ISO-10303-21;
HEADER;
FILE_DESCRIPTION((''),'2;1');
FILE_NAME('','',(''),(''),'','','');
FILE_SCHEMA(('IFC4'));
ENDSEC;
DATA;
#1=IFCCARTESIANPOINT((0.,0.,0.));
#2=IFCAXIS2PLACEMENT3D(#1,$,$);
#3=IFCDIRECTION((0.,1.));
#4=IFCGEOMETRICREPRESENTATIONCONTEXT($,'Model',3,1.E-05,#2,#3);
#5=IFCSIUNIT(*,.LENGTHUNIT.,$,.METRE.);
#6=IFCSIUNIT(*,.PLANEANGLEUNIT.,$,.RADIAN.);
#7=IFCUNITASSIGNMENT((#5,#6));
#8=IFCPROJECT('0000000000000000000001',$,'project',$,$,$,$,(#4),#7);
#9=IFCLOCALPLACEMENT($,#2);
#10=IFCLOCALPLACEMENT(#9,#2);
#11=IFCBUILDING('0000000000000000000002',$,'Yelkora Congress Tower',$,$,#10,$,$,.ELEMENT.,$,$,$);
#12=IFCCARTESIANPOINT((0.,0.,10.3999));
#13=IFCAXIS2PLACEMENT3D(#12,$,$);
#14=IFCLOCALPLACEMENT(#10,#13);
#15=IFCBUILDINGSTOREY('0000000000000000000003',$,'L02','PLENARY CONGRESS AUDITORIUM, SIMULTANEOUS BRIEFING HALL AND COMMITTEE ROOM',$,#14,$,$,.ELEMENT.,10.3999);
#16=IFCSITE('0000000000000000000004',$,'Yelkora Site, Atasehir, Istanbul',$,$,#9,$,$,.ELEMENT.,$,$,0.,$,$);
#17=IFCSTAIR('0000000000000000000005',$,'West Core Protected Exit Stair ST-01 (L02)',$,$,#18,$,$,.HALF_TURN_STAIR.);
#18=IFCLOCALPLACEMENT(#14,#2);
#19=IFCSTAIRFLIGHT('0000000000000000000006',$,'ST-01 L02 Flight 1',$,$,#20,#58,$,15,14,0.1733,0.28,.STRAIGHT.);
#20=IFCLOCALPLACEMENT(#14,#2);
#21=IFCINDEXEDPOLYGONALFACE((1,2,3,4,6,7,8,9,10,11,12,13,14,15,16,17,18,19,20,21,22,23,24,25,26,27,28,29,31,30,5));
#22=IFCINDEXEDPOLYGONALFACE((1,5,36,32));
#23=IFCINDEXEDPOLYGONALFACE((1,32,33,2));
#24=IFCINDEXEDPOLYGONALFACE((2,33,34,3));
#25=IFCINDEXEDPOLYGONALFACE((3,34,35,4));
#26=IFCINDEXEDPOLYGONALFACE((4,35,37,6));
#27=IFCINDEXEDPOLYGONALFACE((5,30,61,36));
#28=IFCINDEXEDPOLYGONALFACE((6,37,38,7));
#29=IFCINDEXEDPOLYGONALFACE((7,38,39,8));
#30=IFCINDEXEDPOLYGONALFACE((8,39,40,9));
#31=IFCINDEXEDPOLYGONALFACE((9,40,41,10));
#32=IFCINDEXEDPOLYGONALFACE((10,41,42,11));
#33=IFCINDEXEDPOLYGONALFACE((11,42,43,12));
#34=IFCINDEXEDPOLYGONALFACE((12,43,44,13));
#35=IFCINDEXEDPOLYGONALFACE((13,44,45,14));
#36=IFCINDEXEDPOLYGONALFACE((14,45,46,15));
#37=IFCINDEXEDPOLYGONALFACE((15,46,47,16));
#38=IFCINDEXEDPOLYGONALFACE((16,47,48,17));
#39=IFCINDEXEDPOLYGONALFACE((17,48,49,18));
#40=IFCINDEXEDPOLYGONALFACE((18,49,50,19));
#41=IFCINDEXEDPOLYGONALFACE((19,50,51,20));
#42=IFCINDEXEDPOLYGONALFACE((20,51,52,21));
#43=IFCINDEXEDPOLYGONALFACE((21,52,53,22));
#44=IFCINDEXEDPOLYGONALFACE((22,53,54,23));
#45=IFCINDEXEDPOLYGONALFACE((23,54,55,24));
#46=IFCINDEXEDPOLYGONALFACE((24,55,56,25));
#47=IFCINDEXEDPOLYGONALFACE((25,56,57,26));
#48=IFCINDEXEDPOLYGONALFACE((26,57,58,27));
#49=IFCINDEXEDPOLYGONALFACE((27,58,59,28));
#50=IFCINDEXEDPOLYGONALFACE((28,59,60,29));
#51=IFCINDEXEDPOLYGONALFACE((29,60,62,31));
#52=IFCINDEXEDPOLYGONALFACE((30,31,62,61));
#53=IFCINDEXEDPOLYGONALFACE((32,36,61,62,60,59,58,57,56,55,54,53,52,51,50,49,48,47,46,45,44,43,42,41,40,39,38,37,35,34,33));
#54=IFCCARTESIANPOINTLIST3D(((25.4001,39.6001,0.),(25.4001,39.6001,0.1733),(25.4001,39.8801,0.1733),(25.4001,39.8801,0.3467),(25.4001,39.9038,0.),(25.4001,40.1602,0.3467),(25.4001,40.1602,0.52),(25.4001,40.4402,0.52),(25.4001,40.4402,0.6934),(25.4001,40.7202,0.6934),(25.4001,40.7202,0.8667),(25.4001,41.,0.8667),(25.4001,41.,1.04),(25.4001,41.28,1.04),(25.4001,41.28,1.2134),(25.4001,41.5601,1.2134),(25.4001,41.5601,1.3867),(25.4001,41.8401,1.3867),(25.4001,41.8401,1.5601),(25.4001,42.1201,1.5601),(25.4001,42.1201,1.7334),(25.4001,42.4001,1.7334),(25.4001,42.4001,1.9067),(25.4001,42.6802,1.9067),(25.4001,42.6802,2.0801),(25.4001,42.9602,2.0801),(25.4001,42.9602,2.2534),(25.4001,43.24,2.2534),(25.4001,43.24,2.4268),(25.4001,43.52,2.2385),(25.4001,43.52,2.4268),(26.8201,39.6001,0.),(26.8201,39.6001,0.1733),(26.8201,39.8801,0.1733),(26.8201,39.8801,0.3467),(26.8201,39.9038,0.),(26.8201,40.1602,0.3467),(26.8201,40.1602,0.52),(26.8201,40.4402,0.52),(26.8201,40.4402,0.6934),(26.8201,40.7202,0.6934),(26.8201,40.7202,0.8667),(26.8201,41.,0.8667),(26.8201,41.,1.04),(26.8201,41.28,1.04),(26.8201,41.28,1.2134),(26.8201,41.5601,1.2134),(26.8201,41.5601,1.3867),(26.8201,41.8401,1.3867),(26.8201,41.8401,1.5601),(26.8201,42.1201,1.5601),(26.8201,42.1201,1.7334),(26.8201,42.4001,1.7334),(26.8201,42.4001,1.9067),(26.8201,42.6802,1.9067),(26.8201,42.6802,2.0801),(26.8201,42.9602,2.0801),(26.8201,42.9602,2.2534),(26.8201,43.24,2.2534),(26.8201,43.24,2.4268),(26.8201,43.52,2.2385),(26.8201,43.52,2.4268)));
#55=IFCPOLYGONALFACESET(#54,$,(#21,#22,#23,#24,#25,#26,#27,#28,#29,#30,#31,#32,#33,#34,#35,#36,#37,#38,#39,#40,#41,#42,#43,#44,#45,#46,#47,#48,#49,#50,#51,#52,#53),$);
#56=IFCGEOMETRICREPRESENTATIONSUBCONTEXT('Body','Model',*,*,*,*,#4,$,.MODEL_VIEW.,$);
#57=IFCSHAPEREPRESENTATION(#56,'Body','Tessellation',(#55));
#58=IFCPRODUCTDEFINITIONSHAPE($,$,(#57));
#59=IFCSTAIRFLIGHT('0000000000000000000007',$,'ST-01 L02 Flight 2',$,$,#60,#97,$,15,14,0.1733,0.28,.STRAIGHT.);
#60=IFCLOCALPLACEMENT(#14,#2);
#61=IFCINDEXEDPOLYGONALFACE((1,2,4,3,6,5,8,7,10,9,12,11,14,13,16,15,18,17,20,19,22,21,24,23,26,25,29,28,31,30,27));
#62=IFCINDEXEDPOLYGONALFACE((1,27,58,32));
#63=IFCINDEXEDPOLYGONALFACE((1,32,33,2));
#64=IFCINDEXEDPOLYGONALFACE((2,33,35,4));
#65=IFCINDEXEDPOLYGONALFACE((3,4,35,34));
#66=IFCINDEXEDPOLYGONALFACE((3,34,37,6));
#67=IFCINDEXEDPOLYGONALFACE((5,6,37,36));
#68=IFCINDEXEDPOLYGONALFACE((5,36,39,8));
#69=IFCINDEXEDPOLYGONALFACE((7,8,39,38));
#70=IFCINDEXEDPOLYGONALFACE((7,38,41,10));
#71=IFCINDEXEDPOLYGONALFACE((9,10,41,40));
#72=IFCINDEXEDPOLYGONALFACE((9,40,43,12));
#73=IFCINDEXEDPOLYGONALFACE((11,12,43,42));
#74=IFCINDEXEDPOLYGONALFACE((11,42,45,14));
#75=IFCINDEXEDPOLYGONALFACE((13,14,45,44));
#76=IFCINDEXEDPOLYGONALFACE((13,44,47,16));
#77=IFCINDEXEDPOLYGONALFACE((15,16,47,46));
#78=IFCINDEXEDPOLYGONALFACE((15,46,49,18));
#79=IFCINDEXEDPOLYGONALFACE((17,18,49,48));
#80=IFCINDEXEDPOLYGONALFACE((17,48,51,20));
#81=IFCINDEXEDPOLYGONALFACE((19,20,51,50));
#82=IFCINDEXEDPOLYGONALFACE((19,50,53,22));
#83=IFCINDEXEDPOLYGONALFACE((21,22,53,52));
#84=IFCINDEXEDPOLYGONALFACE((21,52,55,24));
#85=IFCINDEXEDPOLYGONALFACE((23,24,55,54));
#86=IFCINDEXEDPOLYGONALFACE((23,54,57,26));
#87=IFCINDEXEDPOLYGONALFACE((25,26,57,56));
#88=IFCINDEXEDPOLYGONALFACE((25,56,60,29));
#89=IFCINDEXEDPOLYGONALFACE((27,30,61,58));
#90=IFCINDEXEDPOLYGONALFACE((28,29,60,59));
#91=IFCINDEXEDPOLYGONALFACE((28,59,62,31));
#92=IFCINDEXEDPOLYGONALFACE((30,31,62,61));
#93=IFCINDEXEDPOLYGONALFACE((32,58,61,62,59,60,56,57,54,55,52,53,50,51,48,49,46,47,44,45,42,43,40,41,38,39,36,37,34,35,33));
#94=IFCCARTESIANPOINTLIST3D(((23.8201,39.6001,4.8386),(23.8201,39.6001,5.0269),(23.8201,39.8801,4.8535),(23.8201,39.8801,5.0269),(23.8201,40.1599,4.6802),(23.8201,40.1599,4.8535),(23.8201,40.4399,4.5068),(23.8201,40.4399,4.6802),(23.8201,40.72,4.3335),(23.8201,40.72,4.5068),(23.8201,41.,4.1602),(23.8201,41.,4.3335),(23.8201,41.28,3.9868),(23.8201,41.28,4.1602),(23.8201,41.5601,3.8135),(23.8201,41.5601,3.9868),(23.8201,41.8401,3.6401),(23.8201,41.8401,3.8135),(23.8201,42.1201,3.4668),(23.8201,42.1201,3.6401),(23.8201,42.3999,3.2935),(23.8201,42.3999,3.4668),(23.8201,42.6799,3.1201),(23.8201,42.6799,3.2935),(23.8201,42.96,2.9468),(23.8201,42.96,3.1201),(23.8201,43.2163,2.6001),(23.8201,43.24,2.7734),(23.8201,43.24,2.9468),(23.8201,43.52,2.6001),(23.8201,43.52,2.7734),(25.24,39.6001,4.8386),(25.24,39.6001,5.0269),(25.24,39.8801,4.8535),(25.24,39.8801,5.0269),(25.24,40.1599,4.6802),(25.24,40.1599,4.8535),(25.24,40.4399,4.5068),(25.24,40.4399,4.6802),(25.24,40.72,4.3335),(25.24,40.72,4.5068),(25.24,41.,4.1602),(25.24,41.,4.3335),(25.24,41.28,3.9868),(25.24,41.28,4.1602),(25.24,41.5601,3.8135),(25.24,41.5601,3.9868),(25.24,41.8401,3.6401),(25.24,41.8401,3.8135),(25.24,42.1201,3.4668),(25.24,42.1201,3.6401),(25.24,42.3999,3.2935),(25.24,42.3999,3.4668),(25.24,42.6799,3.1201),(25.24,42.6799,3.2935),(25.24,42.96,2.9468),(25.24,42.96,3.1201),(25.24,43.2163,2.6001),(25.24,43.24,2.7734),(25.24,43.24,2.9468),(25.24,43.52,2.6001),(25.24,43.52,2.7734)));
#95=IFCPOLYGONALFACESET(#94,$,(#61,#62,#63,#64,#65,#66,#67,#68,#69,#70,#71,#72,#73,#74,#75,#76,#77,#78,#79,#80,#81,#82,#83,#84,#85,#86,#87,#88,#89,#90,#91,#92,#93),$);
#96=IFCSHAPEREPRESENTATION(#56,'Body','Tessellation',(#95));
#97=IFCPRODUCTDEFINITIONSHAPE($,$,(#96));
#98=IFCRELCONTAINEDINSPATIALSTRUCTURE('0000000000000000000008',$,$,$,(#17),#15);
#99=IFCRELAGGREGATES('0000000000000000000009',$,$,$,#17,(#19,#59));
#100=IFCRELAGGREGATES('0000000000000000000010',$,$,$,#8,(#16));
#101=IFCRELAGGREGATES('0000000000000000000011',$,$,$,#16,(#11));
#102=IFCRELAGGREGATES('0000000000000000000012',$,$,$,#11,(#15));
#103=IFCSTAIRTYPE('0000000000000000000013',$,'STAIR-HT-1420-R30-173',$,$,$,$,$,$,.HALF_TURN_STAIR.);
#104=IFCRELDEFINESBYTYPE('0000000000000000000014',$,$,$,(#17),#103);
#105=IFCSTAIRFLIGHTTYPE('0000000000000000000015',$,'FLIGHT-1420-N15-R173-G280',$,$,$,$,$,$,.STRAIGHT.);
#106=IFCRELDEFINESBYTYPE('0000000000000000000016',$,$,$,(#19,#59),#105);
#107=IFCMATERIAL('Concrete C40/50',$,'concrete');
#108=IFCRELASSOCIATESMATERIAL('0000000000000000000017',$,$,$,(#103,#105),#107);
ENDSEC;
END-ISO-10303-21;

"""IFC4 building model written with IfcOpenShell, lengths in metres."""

from ifc_helpers import new_model, si_unit, direction, frame, origin, place, context, subcontext, project, spatial, polyline, outline, extrude, material, type_object, element, aggregate, save


model = new_model("IFC4")

# Units and contexts
model_context = context("Model", 3, precision=1e-05, world=origin(), true_north=direction((0.0, 1.0)))
body_context = subcontext(model_context, "Body", "Model", "MODEL_VIEW")
ifc_project = project(units=[si_unit("LENGTHUNIT", "METRE"), si_unit("PLANEANGLEUNIT", "RADIAN")], contexts=[model_context])

# Site, building, storey
site_placement = place(None, origin())
site = spatial("IfcSite", under=ifc_project, at=site_placement, Name="Yelkora Site, Atasehir, Istanbul", CompositionType="ELEMENT", RefElevation=0.0)
building_placement = place(site_placement, origin())
building = spatial("IfcBuilding", under=site, at=building_placement, Name="Yelkora Congress Tower", CompositionType="ELEMENT")
storey_placement = place(building_placement, frame((0.0, 0.0, 10.3999)))
storey = spatial("IfcBuildingStorey", under=building, at=storey_placement, Name="L02", Description="PLENARY CONGRESS AUDITORIUM, SIMULTANEOUS BRIEFING HALL AND COMMITTEE ROOM", CompositionType="ELEMENT", Elevation=10.3999)

# Stair, stair flights
ifc_material_1 = material(Name="Concrete C40/50", Category="concrete")
stair_type = type_object("IfcStairType", Name="STAIR-HT-1420-R30-173", PredefinedType="HALF_TURN_STAIR", material=ifc_material_1)
stair_placement = place(storey_placement, origin())
stair = element("IfcStair", 1, at=stair_placement, inside=storey, type_object=stair_type, Name="West Core Protected Exit Stair ST-01 (L02)", PredefinedType="HALF_TURN_STAIR")
stair_flight_type = type_object("IfcStairFlightType", Name="FLIGHT-1420-N15-R173-G280", PredefinedType="STRAIGHT", material=ifc_material_1)
stair_flight_1_placement = place(storey_placement, frame((26.1101, 39.6001, 0.0), z_axis=(0.0, 0.0, 1.0), x_axis=(0.0, 1.0, 0.0)))
stair_flight_1 = element("IfcStairFlight", 2, at=stair_flight_1_placement, type_object=stair_flight_type, Name="ST-01 L02 Flight 1", NumberOfRisers=15, NumberOfTreads=14, PredefinedType="STRAIGHT", RiserHeight=0.1733, TreadLength=0.28, context=body_context, shape_type="SweptSolid", body=[
    extrude(outline(polyline([(0.0, 0.0), (0.0, 0.1733), (0.28, 0.1733), (0.28, 0.3467), (0.5601, 0.3467), (0.5601, 0.52), (0.8401, 0.52), (0.8401, 0.6934), (1.1201, 0.6934), (1.1201, 0.8667), (1.3999, 0.8667), (1.3999, 1.04), (1.6799, 1.04), (1.6799, 1.2134), (1.96, 1.2134), (1.96, 1.3867), (2.24, 1.3867), (2.24, 1.5601), (2.52, 1.5601), (2.52, 1.7334), (2.8, 1.7334), (2.8, 1.9067), (3.0801, 1.9067), (3.0801, 2.0801), (3.3601, 2.0801), (3.3601, 2.2534), (3.6399, 2.2534), (3.6399, 2.4268), (3.9199, 2.4268), (3.9199, 2.6001), (3.9199, 2.2385), (0.3037, 0.0), (0.0, 0.0)])), frame((0.0, 0.71, 0.0), z_axis=(0.0, -1.0, 0.0), x_axis=(1.0, 0.0, 0.0)), (0.0, 0.0, 1.0), 1.4199),
])
stair_flight_2_placement = place(storey_placement, frame((24.53, 43.52, 2.6001), z_axis=(0.0, 0.0, 1.0), x_axis=(0.0, -1.0, 0.0)))
stair_flight_2 = element("IfcStairFlight", 3, at=stair_flight_2_placement, type_object=stair_flight_type, Name="ST-01 L02 Flight 2", NumberOfRisers=15, NumberOfTreads=14, PredefinedType="STRAIGHT", RiserHeight=0.1733, TreadLength=0.28, context=body_context, shape_type="SweptSolid", body=[
    extrude(outline(polyline([(0.0, 0.0), (0.0, 0.1733), (0.28, 0.1733), (0.28, 0.3467), (0.5601, 0.3467), (0.5601, 0.52), (0.8401, 0.52), (0.8401, 0.6934), (1.1201, 0.6934), (1.1201, 0.8667), (1.3999, 0.8667), (1.3999, 1.04), (1.6799, 1.04), (1.6799, 1.2134), (1.96, 1.2134), (1.96, 1.3867), (2.24, 1.3867), (2.24, 1.5601), (2.52, 1.5601), (2.52, 1.7334), (2.8, 1.7334), (2.8, 1.9067), (3.0801, 1.9067), (3.0801, 2.0801), (3.3601, 2.0801), (3.3601, 2.2534), (3.6399, 2.2534), (3.6399, 2.4268), (3.9199, 2.4268), (3.9199, 2.6001), (3.9199, 2.2385), (0.3037, 0.0), (0.0, 0.0)])), frame((0.0, 0.71, 0.0), z_axis=(0.0, -1.0, 0.0), x_axis=(1.0, 0.0, 0.0)), (0.0, 0.0, 1.0), 1.4199),
])
aggregate(stair, [stair_flight_1, stair_flight_2])

save(model, "model.ifc")
